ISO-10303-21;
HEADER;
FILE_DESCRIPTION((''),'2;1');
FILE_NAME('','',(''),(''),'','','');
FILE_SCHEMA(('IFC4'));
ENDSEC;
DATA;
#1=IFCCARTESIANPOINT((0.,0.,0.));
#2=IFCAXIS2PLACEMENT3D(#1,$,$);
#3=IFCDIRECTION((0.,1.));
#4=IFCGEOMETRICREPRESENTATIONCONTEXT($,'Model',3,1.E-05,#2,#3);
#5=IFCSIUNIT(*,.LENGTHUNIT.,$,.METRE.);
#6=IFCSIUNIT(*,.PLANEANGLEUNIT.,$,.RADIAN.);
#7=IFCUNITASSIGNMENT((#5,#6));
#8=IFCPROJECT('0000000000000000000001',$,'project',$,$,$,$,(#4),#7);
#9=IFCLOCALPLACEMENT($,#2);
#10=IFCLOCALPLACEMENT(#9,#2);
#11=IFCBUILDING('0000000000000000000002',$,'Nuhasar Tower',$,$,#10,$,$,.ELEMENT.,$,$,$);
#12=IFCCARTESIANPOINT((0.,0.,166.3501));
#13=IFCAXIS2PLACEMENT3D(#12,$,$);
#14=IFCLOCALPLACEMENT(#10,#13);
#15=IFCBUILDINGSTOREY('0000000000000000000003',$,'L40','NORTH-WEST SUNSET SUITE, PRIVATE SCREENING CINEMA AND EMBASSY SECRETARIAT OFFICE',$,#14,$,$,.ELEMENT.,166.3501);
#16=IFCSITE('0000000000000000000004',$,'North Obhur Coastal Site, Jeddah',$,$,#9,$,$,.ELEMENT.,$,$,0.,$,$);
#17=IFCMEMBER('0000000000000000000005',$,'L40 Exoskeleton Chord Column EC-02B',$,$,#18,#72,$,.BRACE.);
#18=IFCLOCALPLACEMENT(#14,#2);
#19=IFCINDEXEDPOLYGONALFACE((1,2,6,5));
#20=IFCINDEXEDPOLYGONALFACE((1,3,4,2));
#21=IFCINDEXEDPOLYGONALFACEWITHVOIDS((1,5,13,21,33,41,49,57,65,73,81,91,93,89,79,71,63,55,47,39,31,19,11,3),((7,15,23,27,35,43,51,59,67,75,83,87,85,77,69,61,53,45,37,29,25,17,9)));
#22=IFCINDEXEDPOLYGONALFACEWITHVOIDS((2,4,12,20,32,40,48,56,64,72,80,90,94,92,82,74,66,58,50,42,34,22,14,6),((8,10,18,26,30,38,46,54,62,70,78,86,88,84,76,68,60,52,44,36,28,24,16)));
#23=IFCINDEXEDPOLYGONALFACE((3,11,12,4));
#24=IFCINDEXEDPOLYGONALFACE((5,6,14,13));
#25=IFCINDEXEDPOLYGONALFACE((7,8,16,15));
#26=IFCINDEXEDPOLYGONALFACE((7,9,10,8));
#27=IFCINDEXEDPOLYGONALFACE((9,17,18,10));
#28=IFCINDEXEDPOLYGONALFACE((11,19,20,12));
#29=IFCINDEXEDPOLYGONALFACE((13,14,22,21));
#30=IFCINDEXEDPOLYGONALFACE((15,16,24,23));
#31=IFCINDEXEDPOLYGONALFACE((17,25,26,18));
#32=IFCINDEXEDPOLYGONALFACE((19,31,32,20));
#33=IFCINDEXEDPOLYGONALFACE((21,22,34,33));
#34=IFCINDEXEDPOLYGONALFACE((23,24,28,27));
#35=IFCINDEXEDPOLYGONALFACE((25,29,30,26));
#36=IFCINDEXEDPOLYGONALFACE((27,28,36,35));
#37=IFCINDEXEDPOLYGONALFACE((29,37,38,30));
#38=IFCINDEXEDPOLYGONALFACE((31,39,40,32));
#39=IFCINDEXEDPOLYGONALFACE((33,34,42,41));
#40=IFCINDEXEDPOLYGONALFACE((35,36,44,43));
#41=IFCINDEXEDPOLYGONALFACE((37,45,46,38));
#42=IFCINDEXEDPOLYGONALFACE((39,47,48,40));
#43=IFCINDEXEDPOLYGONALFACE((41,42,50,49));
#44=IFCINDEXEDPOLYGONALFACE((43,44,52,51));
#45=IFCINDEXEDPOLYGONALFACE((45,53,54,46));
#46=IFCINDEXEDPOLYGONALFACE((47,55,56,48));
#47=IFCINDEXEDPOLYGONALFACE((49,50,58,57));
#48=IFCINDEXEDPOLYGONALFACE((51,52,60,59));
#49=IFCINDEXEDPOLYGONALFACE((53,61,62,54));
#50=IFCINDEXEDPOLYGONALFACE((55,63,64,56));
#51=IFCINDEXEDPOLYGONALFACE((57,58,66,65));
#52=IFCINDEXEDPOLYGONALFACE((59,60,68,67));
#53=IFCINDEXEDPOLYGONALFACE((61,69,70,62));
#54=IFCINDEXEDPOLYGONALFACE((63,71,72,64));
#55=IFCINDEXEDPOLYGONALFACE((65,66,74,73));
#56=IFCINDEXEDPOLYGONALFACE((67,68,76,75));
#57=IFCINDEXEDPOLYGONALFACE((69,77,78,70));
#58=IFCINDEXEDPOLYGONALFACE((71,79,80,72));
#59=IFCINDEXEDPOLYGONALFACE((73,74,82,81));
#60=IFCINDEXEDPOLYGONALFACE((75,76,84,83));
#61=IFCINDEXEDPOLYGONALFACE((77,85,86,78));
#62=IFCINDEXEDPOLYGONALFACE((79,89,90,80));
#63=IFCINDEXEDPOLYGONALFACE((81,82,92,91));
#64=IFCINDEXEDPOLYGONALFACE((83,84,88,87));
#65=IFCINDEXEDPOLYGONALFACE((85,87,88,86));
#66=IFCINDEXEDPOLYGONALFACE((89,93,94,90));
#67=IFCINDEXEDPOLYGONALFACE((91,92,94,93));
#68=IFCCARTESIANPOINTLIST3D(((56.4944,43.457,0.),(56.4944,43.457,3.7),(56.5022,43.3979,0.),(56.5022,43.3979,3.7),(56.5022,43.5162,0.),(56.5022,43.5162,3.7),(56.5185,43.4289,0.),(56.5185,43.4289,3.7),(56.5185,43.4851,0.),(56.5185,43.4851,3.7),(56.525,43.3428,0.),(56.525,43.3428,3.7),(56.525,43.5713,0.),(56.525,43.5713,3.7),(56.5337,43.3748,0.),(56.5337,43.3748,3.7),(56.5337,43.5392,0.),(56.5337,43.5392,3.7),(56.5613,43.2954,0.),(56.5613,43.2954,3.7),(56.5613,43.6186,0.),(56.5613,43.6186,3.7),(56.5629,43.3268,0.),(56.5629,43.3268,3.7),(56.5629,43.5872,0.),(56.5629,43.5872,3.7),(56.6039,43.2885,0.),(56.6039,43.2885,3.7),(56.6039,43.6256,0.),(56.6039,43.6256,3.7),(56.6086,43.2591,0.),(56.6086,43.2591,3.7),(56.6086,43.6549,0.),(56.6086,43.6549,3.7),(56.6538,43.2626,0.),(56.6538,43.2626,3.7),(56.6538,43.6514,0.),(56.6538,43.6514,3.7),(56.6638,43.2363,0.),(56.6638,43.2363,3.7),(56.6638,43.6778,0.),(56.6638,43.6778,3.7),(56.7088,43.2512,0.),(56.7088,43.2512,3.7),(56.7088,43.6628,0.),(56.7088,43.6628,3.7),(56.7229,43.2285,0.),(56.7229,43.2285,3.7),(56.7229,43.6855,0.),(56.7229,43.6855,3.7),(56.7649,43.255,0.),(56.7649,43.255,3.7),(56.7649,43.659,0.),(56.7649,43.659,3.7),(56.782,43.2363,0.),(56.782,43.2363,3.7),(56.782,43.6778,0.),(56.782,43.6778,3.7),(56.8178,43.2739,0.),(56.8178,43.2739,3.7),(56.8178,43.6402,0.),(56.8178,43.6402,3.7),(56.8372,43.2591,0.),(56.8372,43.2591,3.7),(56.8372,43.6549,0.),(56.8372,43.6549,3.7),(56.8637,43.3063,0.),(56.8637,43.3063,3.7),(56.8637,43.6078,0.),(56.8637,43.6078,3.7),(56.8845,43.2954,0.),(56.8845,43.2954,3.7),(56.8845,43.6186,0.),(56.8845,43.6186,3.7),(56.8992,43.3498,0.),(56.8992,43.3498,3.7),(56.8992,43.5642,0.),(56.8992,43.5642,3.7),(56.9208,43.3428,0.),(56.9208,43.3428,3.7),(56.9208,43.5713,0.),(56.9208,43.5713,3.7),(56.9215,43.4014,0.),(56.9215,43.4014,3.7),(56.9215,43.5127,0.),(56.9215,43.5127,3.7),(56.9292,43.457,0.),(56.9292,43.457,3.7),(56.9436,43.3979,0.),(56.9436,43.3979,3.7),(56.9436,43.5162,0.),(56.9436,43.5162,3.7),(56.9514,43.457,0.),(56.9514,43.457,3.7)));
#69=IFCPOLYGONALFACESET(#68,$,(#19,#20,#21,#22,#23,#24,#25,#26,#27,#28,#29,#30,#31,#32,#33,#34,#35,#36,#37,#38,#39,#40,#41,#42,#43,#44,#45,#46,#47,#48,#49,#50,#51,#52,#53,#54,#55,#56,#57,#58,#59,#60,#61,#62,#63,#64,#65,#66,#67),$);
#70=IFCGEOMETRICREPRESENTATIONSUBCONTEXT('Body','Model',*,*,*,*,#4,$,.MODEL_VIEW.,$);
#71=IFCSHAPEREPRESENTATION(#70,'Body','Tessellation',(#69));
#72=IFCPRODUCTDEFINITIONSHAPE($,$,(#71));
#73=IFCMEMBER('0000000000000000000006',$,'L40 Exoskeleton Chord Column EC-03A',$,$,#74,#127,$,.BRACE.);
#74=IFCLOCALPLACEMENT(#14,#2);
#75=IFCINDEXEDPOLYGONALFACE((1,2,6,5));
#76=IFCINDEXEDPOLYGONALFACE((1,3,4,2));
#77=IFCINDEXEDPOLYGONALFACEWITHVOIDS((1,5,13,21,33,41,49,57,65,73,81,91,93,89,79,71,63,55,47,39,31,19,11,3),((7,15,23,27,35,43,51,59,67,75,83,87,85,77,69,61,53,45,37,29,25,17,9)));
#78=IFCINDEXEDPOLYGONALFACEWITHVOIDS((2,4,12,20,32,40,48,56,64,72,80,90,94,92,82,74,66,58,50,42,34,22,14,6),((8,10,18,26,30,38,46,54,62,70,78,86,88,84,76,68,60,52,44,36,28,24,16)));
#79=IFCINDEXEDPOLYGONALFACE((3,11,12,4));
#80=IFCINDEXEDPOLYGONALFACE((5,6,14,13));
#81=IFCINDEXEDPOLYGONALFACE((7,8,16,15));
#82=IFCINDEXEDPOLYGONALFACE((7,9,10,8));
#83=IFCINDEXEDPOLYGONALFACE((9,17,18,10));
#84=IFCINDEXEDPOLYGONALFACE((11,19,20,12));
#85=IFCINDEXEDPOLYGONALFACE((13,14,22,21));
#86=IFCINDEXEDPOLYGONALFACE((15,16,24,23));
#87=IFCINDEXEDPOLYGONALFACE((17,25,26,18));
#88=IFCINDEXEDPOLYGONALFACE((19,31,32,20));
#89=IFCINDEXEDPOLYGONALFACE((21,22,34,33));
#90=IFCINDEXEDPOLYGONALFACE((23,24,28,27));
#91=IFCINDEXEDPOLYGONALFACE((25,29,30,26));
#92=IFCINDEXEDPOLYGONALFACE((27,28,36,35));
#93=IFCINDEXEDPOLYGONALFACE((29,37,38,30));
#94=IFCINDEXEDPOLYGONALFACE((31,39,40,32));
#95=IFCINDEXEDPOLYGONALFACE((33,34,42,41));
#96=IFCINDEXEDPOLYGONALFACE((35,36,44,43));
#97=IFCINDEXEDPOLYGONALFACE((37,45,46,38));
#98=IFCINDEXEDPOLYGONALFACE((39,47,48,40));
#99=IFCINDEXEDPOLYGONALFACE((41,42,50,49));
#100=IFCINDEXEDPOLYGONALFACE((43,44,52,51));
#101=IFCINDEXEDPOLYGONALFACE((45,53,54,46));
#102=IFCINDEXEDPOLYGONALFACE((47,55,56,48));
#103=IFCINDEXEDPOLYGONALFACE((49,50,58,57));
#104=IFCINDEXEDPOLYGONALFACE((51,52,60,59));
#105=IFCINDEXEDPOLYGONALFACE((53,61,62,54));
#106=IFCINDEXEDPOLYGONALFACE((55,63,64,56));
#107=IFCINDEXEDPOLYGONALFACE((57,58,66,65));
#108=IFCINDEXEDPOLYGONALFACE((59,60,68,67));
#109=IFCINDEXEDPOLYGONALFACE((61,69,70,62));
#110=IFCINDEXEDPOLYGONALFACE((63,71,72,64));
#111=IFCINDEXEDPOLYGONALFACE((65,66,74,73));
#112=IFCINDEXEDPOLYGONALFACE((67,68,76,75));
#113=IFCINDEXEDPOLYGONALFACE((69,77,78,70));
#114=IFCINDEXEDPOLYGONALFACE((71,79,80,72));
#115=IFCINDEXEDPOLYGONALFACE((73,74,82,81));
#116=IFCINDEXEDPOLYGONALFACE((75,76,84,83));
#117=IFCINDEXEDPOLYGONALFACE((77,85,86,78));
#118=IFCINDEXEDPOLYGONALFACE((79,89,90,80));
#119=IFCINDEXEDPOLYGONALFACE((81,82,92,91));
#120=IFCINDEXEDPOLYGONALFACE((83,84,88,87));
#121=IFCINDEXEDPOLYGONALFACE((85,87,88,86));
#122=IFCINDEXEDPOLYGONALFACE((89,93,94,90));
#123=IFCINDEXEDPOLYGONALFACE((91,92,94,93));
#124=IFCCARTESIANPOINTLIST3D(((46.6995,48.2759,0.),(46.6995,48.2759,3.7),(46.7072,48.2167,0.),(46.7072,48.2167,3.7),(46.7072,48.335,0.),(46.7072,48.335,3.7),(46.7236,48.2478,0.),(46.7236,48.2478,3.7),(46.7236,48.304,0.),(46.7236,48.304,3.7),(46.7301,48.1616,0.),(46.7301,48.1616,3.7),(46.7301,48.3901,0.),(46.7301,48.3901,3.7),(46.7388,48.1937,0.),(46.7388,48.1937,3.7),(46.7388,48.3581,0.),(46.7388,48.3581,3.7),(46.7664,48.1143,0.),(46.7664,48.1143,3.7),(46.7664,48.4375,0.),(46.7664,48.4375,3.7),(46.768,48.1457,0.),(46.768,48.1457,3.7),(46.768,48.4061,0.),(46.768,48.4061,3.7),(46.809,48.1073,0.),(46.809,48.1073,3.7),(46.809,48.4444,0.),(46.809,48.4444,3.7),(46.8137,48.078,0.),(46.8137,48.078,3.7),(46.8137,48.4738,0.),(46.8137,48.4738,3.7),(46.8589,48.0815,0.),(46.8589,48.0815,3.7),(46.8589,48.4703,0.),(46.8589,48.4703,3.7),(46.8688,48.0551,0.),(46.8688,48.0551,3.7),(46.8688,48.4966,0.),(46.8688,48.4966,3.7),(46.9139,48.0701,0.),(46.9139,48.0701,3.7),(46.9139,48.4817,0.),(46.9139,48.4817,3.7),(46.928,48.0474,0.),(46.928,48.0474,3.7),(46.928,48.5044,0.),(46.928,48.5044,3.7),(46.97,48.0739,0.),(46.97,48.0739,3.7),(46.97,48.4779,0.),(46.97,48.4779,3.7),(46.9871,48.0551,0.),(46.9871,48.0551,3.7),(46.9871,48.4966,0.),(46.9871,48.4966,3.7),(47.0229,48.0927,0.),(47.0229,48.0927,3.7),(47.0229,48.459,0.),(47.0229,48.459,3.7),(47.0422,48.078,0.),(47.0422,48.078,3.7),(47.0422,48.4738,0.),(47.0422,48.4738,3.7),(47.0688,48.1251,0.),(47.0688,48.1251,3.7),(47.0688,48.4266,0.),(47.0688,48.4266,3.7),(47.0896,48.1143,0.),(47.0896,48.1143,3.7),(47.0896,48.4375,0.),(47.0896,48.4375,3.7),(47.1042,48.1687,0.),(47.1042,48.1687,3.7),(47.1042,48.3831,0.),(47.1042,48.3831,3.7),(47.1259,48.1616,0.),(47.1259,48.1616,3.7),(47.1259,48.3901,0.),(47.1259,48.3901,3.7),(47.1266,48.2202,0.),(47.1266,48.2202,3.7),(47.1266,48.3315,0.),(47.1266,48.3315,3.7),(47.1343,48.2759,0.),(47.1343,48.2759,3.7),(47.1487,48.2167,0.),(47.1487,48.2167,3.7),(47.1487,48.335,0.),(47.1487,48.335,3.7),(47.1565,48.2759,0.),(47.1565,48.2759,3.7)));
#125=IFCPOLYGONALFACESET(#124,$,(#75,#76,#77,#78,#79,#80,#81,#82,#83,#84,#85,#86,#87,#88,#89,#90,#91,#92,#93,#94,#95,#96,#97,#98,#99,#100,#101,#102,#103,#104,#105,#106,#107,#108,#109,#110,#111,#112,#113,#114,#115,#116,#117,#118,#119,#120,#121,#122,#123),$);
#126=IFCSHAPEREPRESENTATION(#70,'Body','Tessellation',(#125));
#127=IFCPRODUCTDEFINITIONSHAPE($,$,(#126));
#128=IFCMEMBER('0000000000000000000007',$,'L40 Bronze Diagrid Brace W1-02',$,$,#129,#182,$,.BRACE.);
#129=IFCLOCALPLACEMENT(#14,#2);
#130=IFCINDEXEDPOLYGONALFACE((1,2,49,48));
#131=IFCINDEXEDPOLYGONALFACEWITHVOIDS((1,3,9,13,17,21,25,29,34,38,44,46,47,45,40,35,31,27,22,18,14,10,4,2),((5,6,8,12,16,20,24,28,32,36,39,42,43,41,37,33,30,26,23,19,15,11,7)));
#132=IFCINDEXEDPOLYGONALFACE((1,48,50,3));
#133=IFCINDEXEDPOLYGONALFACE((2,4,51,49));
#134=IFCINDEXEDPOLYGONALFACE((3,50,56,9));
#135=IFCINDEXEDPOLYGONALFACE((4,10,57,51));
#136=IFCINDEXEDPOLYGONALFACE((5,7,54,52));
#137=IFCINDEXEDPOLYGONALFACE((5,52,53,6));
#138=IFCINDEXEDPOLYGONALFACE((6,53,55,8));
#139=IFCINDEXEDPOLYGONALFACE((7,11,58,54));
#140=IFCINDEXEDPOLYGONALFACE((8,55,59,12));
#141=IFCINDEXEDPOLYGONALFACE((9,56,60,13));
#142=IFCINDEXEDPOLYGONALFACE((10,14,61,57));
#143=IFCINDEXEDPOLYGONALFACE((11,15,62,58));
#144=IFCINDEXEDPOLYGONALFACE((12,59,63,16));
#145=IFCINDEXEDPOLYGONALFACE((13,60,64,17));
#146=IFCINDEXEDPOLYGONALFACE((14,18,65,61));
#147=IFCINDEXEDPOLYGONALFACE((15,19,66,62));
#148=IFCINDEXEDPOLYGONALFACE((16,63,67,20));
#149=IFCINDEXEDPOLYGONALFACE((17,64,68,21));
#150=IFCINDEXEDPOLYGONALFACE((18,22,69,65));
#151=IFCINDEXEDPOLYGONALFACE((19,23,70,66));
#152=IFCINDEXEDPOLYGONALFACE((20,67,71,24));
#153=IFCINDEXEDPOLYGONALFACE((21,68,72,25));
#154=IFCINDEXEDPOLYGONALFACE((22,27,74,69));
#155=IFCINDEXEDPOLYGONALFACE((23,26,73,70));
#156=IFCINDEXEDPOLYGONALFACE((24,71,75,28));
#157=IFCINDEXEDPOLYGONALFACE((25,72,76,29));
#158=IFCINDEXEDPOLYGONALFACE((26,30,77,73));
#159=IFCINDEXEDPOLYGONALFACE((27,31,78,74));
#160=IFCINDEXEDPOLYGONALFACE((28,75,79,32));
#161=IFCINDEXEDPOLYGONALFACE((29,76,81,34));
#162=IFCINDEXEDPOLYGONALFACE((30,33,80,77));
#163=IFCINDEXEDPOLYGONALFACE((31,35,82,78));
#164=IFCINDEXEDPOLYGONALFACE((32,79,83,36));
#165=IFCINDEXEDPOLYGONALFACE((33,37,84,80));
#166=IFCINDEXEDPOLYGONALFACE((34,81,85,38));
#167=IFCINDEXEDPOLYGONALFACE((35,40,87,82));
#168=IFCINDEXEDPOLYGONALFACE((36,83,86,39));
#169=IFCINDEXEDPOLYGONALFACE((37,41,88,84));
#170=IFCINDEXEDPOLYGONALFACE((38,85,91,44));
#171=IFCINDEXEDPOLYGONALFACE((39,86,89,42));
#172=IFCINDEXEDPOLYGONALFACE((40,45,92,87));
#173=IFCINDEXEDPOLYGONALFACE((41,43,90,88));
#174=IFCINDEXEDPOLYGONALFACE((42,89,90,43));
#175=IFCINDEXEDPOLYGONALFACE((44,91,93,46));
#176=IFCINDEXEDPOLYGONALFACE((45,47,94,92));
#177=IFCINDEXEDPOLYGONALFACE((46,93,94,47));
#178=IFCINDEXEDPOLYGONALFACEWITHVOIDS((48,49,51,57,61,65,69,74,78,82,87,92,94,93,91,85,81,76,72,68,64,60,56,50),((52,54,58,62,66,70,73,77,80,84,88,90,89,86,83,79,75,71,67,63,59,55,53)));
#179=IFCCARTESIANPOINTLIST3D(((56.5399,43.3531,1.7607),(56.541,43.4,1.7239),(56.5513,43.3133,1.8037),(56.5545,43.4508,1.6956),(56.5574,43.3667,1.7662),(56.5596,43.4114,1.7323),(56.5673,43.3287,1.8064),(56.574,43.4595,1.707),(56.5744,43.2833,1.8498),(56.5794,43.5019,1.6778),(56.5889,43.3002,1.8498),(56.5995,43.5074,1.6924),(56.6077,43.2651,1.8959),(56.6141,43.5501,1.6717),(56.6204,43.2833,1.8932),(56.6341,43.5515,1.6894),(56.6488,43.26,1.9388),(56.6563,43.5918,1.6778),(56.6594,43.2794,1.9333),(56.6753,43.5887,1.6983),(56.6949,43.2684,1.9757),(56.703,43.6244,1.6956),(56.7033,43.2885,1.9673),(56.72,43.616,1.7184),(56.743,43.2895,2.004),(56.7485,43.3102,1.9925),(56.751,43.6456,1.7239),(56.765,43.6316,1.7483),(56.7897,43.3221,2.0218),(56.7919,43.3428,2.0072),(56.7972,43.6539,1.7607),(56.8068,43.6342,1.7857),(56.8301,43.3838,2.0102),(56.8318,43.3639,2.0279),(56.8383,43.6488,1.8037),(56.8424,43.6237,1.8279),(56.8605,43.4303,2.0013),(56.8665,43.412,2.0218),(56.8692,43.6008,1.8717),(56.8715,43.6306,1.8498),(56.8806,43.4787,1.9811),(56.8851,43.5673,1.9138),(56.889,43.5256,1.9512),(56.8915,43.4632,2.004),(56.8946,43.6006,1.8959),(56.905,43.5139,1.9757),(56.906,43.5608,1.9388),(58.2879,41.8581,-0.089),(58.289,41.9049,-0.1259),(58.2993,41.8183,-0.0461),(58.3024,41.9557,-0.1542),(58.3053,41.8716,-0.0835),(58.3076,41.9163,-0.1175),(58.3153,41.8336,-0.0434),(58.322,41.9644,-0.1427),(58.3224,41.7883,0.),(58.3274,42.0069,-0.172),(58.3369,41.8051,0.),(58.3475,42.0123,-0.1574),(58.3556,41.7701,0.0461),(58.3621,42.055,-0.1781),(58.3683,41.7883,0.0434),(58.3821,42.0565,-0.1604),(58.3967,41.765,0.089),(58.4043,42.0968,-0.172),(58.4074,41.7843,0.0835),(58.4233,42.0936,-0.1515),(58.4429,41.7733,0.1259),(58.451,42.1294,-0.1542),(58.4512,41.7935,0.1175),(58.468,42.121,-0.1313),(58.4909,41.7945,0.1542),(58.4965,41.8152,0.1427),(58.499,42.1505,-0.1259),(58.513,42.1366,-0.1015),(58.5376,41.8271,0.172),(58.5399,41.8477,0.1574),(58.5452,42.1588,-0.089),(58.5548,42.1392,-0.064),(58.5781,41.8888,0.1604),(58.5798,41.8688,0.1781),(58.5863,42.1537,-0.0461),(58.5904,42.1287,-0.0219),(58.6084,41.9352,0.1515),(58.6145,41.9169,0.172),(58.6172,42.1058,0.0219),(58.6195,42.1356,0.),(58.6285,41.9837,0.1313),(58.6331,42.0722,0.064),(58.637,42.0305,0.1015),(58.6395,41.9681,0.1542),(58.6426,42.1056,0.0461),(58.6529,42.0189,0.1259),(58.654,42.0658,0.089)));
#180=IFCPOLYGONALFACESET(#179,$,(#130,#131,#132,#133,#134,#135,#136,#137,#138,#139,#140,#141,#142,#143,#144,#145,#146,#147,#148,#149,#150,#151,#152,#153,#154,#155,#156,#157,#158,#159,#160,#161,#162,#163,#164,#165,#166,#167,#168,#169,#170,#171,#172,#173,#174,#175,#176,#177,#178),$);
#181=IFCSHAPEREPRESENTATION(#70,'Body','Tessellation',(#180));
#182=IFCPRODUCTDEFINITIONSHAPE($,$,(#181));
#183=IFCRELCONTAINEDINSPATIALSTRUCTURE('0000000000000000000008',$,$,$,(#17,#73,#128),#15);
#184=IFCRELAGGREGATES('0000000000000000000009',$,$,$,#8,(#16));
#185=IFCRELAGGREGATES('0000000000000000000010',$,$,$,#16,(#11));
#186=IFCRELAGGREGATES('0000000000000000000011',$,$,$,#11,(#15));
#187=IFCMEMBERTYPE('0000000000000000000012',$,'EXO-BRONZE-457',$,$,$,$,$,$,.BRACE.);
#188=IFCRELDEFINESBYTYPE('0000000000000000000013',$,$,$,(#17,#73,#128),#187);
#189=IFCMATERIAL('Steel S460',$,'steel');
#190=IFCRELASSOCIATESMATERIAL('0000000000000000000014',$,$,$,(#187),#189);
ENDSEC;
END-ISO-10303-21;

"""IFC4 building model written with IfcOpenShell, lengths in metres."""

from ifc_helpers import new_model, si_unit, direction, frame, origin, origin_2d, place, context, subcontext, project, spatial, hollow_circle, extrude, material, material_profile, profile_set, type_object, element, save


model = new_model("IFC4")

# Units and contexts
model_context = context("Model", 3, precision=1e-05, world=origin(), true_north=direction((0.0, 1.0)))
body_context = subcontext(model_context, "Body", "Model", "MODEL_VIEW")
ifc_project = project(units=[si_unit("LENGTHUNIT", "METRE"), si_unit("PLANEANGLEUNIT", "RADIAN")], contexts=[model_context])

# Site, building, storey
site_placement = place(None, origin())
site = spatial("IfcSite", under=ifc_project, at=site_placement, Name="North Obhur Coastal Site, Jeddah", CompositionType="ELEMENT", RefElevation=0.0)
building_placement = place(site_placement, origin())
building = spatial("IfcBuilding", under=site, at=building_placement, Name="Nuhasar Tower", CompositionType="ELEMENT")
storey_placement = place(building_placement, frame((0.0, 0.0, 166.3501)))
storey = spatial("IfcBuildingStorey", under=building, at=storey_placement, Name="L40", Description="NORTH-WEST SUNSET SUITE, PRIVATE SCREENING CINEMA AND EMBASSY SECRETARIAT OFFICE", CompositionType="ELEMENT", Elevation=166.3501)

# Members
ifc_material_1 = material(Name="Steel S460", Category="steel")
ifc_material_profile_1 = material_profile(ifc_material_1, hollow_circle(Radius=0.2285, WallThickness=0.0222, at=origin_2d()), Name="HSS457X22.2")
ifc_profile_set_1 = profile_set([ifc_material_profile_1], Name="Steel S460")
member_type_1 = type_object("IfcMemberType", Name="EXO-BRONZE-457", PredefinedType="BRACE", material=ifc_profile_set_1)
for number, where, z_axis, x_axis, name in (
    (1, (56.7229, 43.457, 0.0), (0.0, 0.0, 1.0), (1.0, 0.0, 0.0), "L40 Exoskeleton Chord Column EC-02B"),
    (2, (46.928, 48.2759, 0.0), (0.0, 0.0, 1.0), (1.0, 0.0, 0.0), "L40 Exoskeleton Chord Column EC-03A"),
):
    element("IfcMember", number, at=place(storey_placement, frame(where, z_axis=z_axis, x_axis=x_axis)), inside=storey, type_object=member_type_1, Name=name, PredefinedType="BRACE", context=body_context, shape_type="SweptSolid", body=[
        extrude(hollow_circle(Radius=0.2285, WallThickness=0.0222, at=origin_2d()), origin(), (0.0, 0.0, 1.0), 3.7),
    ])
member_1_placement = place(storey_placement, frame((58.4709, 41.9619, 0.0), z_axis=(-0.592201, 0.506514, 0.626691), x_axis=(-0.649987, -0.759945, 0.0)))
element("IfcMember", 3, at=member_1_placement, inside=storey, type_object=member_type_1, Name="L40 Bronze Diagrid Brace W1-02", PredefinedType="BRACE", context=body_context, shape_type="SweptSolid", body=[
    extrude(hollow_circle(Radius=0.2285, WallThickness=0.0222, at=origin_2d()), origin(), (0.0, 0.0, 1.0), 2.9517),
])

save(model, "model.ifc")
